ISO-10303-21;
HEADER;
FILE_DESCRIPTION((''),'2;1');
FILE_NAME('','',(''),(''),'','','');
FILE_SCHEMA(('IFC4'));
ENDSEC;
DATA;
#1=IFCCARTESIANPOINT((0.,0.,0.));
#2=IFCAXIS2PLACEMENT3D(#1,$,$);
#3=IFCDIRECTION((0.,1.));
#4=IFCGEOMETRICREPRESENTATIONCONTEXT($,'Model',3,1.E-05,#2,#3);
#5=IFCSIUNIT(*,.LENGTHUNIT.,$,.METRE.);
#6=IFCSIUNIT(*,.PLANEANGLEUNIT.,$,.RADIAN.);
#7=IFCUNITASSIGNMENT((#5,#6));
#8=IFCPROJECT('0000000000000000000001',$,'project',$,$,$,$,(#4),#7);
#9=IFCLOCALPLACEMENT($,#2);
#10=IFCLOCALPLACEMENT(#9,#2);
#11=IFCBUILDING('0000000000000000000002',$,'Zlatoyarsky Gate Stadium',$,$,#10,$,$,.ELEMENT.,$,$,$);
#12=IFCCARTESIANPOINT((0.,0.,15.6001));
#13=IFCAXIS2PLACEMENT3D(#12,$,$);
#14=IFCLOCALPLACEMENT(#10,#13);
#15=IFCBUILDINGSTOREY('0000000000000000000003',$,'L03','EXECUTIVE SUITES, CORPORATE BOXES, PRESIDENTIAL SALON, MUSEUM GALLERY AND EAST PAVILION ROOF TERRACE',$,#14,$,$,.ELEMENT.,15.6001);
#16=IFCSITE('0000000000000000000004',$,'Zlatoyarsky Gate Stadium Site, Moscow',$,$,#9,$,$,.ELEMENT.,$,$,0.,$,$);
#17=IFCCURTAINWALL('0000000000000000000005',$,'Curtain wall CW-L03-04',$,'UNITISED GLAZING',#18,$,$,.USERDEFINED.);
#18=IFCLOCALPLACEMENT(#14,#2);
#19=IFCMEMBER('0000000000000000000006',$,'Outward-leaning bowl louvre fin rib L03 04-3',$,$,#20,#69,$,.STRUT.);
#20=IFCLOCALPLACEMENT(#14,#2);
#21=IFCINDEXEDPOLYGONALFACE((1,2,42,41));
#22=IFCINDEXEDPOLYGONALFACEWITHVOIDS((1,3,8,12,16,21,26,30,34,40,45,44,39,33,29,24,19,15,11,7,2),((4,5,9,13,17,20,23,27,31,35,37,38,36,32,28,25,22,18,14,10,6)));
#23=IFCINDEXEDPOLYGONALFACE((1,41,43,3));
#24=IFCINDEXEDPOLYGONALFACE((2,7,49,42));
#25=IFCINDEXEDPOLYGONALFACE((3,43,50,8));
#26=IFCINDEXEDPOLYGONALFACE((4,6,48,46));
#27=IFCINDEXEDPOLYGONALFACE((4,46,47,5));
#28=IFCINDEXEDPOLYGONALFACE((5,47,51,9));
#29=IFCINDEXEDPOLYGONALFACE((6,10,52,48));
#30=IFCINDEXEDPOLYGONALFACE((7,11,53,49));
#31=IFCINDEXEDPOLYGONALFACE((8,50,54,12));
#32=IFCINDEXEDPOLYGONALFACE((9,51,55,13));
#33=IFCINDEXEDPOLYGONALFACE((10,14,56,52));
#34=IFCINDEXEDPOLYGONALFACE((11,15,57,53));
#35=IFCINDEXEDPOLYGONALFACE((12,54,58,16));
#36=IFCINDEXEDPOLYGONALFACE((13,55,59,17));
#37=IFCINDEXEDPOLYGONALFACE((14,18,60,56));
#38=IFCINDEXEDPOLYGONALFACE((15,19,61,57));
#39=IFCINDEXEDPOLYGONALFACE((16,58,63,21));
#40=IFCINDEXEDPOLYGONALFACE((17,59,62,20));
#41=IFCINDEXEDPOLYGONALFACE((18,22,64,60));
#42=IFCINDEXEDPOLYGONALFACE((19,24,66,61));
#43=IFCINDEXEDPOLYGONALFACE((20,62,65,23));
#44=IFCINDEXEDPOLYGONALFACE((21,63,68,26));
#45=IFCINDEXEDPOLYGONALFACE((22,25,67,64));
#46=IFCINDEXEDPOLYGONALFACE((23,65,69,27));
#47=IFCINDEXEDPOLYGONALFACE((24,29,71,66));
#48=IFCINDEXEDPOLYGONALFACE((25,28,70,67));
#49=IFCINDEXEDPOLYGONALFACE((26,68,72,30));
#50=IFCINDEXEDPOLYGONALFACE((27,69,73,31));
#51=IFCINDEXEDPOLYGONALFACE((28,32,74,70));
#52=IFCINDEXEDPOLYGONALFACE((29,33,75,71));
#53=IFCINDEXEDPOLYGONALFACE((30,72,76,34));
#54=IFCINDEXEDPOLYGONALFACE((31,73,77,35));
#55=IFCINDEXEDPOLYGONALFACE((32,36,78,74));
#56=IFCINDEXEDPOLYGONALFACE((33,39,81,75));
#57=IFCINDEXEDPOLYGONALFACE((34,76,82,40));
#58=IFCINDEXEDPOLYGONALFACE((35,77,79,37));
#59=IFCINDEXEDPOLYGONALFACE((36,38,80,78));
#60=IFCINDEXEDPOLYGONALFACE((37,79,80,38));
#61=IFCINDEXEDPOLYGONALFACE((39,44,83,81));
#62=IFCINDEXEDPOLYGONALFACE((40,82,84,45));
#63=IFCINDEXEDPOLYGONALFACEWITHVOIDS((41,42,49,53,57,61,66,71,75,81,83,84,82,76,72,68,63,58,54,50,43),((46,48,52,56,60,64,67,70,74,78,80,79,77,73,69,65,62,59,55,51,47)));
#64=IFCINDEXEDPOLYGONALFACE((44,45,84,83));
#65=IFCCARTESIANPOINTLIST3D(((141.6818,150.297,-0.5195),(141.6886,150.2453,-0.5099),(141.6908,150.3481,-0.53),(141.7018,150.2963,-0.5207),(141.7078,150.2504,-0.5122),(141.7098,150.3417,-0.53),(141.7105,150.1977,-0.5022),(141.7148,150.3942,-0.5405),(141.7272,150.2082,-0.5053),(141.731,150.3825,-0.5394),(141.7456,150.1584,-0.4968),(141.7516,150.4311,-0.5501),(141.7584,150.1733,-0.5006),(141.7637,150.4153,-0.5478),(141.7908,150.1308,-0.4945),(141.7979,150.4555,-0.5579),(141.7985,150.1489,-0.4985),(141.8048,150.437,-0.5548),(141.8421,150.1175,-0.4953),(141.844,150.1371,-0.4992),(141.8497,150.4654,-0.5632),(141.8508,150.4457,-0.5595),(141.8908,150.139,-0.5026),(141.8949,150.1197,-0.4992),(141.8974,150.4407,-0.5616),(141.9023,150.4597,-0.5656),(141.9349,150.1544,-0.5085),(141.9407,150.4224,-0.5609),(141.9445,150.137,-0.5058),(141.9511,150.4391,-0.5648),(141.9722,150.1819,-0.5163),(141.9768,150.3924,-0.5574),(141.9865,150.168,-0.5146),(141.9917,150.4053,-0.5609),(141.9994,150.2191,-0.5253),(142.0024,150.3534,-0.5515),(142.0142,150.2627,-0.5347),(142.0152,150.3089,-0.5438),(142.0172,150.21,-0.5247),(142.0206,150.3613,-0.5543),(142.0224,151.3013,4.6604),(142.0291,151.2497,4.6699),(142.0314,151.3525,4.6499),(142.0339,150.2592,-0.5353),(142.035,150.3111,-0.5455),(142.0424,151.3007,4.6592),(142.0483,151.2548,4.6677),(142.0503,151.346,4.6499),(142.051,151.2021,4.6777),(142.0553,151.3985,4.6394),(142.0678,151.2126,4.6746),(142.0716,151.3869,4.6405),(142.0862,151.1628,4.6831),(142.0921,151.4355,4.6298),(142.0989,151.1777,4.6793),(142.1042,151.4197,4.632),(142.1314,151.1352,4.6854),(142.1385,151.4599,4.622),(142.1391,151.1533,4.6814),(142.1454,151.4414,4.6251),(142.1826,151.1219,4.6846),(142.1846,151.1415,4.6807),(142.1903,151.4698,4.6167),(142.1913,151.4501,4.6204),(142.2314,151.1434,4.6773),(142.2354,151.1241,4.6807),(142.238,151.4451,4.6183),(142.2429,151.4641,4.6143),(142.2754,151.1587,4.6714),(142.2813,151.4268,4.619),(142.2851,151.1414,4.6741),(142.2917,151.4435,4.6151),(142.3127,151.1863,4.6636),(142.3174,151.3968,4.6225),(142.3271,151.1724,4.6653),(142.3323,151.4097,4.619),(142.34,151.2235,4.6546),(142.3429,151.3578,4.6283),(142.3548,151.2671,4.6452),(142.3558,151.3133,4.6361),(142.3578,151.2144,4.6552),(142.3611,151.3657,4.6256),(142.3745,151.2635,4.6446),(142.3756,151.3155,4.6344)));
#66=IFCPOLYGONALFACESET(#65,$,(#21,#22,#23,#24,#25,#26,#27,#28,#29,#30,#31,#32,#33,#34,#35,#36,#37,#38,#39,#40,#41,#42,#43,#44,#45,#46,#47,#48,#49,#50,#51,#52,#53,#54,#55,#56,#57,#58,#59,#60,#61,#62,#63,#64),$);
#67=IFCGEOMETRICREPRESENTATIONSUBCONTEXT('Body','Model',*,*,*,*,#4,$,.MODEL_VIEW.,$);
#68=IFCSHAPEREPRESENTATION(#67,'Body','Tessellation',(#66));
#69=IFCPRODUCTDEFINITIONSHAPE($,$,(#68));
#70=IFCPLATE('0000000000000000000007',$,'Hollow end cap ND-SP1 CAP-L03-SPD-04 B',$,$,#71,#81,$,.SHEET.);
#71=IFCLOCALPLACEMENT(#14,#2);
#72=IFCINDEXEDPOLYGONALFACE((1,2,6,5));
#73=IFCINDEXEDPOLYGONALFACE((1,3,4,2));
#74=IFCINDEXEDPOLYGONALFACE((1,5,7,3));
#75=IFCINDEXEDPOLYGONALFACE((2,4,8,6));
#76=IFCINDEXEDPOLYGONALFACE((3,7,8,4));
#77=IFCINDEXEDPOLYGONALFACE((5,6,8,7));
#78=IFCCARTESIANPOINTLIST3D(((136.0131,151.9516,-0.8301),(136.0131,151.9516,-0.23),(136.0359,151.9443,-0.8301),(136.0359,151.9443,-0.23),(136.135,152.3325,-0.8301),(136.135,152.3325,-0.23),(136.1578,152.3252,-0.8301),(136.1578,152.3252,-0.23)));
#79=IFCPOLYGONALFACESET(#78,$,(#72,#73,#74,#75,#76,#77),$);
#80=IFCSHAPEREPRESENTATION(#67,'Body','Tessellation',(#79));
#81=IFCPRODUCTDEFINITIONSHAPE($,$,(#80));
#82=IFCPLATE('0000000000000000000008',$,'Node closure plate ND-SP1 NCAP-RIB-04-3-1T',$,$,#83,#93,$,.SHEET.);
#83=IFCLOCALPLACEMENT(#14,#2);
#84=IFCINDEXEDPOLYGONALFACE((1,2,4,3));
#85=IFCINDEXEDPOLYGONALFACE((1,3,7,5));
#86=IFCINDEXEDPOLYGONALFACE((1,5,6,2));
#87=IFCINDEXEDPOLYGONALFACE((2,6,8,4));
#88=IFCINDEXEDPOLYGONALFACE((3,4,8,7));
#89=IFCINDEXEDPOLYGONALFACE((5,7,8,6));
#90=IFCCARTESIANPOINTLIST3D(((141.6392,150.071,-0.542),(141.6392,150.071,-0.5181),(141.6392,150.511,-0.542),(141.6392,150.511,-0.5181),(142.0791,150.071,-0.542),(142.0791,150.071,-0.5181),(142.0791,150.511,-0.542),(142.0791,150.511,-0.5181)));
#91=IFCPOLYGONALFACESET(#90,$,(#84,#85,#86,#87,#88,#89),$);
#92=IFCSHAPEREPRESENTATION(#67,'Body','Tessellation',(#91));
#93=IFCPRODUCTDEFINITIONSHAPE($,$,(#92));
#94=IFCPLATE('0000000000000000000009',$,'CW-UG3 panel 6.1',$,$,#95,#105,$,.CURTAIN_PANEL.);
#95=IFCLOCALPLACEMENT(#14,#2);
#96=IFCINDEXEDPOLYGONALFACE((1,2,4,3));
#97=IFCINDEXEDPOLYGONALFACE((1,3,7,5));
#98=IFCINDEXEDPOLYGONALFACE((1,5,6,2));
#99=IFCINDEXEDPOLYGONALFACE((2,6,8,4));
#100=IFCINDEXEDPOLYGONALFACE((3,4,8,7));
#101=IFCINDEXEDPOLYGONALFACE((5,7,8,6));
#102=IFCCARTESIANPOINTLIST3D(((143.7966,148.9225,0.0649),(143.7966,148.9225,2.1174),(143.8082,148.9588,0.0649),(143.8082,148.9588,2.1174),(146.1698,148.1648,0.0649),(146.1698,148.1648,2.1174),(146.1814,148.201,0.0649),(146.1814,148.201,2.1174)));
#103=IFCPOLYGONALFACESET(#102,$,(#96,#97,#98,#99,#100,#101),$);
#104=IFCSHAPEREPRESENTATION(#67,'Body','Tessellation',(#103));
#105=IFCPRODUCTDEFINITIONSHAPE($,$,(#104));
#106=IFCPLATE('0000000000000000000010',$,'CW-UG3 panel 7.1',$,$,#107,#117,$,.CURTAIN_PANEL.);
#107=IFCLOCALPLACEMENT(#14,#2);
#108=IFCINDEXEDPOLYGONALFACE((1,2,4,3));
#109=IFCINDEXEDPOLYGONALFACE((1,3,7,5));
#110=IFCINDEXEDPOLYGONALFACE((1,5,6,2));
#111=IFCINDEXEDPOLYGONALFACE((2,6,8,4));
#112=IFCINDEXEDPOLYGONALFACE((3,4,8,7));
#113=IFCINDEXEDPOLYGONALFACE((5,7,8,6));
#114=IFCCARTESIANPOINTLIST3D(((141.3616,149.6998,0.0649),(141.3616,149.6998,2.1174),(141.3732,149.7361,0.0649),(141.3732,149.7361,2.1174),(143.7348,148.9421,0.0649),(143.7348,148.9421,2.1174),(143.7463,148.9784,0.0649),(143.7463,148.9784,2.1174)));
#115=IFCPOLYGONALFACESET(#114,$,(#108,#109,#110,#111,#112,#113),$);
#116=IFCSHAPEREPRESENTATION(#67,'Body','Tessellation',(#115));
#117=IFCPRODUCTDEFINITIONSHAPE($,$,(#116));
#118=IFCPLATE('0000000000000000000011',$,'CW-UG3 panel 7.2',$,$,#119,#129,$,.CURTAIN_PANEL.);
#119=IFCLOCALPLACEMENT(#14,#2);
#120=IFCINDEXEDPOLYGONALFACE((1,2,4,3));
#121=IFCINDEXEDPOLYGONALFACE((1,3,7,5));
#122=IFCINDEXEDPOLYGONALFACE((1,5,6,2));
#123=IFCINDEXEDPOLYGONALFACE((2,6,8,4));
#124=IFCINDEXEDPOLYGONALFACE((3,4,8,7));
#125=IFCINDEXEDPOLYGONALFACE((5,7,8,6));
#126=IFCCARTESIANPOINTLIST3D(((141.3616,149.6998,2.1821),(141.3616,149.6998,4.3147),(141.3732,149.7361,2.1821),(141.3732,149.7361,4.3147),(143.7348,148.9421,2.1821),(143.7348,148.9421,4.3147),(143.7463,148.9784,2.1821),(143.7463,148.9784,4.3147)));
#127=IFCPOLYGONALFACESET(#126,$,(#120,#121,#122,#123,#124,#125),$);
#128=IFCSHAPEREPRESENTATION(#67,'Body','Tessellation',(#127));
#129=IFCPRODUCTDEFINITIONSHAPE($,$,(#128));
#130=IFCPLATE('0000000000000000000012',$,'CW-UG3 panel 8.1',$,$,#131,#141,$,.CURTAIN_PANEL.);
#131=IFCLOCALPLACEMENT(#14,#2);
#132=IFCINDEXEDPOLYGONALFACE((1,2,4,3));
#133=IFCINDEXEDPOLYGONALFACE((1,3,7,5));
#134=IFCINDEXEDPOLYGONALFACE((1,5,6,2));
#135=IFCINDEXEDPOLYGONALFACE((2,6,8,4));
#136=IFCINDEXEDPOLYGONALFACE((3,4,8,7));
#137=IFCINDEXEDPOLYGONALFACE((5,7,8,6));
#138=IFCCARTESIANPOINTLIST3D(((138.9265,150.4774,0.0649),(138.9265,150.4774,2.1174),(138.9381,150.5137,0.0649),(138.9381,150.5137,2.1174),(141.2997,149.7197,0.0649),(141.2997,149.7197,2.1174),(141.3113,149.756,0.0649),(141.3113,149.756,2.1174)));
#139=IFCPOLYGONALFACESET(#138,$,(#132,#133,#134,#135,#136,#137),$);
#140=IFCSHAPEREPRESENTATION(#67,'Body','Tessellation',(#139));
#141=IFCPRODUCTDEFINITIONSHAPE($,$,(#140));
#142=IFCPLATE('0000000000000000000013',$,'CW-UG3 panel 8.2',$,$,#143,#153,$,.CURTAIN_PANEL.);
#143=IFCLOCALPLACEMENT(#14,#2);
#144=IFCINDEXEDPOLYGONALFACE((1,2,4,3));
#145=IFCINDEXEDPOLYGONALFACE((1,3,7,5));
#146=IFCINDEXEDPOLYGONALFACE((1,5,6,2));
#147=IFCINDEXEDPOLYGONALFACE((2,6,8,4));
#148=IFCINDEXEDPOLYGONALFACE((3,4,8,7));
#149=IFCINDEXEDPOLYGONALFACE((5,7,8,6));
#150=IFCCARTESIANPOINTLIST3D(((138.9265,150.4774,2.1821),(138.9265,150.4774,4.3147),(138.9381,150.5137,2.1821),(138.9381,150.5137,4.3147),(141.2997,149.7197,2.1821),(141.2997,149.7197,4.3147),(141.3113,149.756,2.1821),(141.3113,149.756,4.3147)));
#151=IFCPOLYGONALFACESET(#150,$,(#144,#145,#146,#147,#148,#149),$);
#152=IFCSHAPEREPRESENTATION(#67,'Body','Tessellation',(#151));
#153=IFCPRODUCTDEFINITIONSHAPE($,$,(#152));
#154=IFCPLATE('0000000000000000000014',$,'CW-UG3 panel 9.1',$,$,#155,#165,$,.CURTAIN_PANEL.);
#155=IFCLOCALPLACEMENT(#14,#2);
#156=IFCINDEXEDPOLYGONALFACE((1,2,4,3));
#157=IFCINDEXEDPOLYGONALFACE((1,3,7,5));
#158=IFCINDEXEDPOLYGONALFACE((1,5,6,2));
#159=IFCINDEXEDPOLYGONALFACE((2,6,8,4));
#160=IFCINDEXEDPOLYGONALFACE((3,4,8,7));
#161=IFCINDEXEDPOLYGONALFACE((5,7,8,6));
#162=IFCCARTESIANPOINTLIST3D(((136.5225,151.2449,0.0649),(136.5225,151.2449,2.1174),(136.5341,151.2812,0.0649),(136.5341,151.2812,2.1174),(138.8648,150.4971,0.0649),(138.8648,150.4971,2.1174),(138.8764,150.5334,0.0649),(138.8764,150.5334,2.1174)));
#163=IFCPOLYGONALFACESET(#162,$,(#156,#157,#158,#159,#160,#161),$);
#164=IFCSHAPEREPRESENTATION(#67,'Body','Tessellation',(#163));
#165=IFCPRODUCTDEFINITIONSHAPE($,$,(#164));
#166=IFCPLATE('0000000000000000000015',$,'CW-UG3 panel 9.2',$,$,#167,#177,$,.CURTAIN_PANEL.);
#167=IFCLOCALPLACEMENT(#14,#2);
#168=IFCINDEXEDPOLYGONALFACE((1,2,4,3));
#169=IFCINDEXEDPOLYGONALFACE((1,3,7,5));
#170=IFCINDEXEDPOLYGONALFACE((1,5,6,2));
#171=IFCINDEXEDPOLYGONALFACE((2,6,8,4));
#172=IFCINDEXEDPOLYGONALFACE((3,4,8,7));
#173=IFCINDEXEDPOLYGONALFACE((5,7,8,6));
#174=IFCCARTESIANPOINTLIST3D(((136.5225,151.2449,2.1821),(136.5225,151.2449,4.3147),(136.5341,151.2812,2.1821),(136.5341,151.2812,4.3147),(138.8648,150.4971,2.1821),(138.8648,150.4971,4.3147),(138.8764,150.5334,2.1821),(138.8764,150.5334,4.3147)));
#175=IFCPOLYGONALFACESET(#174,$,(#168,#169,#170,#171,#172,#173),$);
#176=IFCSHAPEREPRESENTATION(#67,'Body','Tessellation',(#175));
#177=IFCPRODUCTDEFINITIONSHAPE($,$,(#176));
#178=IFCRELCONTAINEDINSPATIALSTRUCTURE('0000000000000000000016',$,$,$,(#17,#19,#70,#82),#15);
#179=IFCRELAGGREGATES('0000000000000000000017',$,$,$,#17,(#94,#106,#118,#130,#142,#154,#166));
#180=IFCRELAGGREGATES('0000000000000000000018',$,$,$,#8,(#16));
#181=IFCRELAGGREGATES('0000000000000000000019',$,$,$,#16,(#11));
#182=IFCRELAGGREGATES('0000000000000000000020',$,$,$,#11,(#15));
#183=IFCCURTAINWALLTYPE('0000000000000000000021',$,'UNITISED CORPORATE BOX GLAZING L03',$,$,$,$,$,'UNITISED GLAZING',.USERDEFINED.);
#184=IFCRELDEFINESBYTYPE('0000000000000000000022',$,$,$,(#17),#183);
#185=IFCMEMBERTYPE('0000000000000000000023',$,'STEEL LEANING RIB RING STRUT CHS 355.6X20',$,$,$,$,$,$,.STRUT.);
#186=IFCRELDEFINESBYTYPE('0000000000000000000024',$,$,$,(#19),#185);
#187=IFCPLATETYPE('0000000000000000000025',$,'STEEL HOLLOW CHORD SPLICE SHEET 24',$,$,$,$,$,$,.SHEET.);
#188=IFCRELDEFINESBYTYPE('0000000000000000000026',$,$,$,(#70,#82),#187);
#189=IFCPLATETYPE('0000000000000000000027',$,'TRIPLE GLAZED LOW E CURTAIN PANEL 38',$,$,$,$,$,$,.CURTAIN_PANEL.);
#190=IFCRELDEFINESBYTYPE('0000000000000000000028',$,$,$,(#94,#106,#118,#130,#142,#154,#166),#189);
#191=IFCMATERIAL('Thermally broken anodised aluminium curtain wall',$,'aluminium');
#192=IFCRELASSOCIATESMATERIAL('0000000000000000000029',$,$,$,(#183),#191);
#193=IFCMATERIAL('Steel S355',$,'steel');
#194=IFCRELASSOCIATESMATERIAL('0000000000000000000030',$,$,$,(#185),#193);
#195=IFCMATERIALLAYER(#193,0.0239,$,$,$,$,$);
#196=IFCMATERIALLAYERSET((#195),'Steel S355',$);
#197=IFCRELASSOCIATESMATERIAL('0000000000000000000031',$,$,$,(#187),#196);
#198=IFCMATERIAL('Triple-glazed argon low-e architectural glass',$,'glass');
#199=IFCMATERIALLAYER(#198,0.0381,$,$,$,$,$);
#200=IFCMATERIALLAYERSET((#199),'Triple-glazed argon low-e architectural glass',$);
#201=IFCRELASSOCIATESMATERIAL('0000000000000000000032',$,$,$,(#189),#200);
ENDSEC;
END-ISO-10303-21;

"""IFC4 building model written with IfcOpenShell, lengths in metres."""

from ifc_helpers import new_model, si_unit, direction, frame, origin, origin_2d, place, context, subcontext, project, spatial, rectangle, hollow_circle, extrude, material, layer, layer_set, material_profile, profile_set, type_object, element, aggregate, save


model = new_model("IFC4")

# Units and contexts
model_context = context("Model", 3, precision=1e-05, world=origin(), true_north=direction((0.0, 1.0)))
body_context = subcontext(model_context, "Body", "Model", "MODEL_VIEW")
ifc_project = project(units=[si_unit("LENGTHUNIT", "METRE"), si_unit("PLANEANGLEUNIT", "RADIAN")], contexts=[model_context])

# Site, building, storey
site_placement = place(None, origin())
site = spatial("IfcSite", under=ifc_project, at=site_placement, Name="Zlatoyarsky Gate Stadium Site, Moscow", CompositionType="ELEMENT", RefElevation=0.0)
building_placement = place(site_placement, origin())
building = spatial("IfcBuilding", under=site, at=building_placement, Name="Zlatoyarsky Gate Stadium", CompositionType="ELEMENT")
storey_placement = place(building_placement, frame((0.0, 0.0, 15.6001)))
storey = spatial("IfcBuildingStorey", under=building, at=storey_placement, Name="L03", Description="EXECUTIVE SUITES, CORPORATE BOXES, PRESIDENTIAL SALON, MUSEUM GALLERY AND EAST PAVILION ROOF TERRACE", CompositionType="ELEMENT", Elevation=15.6001)

# Curtain wall
ifc_material_1 = material(Name="Thermally broken anodised aluminium curtain wall", Category="aluminium")
curtain_wall_type = type_object("IfcCurtainWallType", Name="UNITISED CORPORATE BOX GLAZING L03", ElementType="UNITISED GLAZING", PredefinedType="USERDEFINED", material=ifc_material_1)
curtain_wall_placement = place(storey_placement, origin())
curtain_wall = element("IfcCurtainWall", 1, at=curtain_wall_placement, inside=storey, type_object=curtain_wall_type, Name="Curtain wall CW-L03-04", ObjectType="UNITISED GLAZING", PredefinedType="USERDEFINED")

# Member
ifc_material_2 = material(Name="Steel S355", Category="steel")
ifc_material_profile_1 = material_profile(ifc_material_2, hollow_circle(Radius=0.1777, WallThickness=0.02, at=origin_2d()), Name="CHS 355.6X20")
ifc_profile_set_1 = profile_set([ifc_material_profile_1], Name="Steel S355")
member_type_1 = type_object("IfcMemberType", Name="STEEL LEANING RIB RING STRUT CHS 355.6X20", PredefinedType="STRUT", material=ifc_profile_set_1)
member_1_placement = place(storey_placement, frame((141.8591, 150.291, -0.53), z_axis=(0.064413, 0.18996, 0.979676), x_axis=(-0.947036, 0.321127, 0.0)))
element("IfcMember", 2, at=member_1_placement, inside=storey, type_object=member_type_1, Name="Outward-leaning bowl louvre fin rib L03 04-3", PredefinedType="STRUT", context=body_context, shape_type="SweptSolid", body=[
    extrude(hollow_circle(Radius=0.1777, WallThickness=0.02, at=origin_2d()), origin(), (0.0, 0.0, 1.0), 5.2874),
])

# Plates
ifc_layer_1 = layer(ifc_material_2, 0.0239)
ifc_layer_set_1 = layer_set([ifc_layer_1], Name="Steel S355")
plate_type_1 = type_object("IfcPlateType", Name="STEEL HOLLOW CHORD SPLICE SHEET 24", PredefinedType="SHEET", material=ifc_layer_set_1)
plate_1_placement = place(storey_placement, frame((136.0854, 152.1384, -0.8301), z_axis=(0.0, 0.0, 1.0), x_axis=(-0.95243, 0.304759, 0.0)))
element("IfcPlate", 3, at=plate_1_placement, inside=storey, type_object=plate_type_1, Name="Hollow end cap ND-SP1 CAP-L03-SPD-04 B", PredefinedType="SHEET", context=body_context, shape_type="SweptSolid", body=[
    extrude(rectangle(XDim=0.0239, YDim=0.3999, at=origin_2d()), origin(), (0.0, 0.0, 1.0), 0.6001),
])
plate_2_placement = place(storey_placement, frame((141.8591, 150.291, -0.542), z_axis=(0.0, 0.0, 1.0), x_axis=(1.0, 0.0, 0.0)))
element("IfcPlate", 4, at=plate_2_placement, inside=storey, type_object=plate_type_1, Name="Node closure plate ND-SP1 NCAP-RIB-04-3-1T", PredefinedType="SHEET", context=body_context, shape_type="SweptSolid", body=[
    extrude(rectangle(XDim=0.4399, YDim=0.4399, at=origin_2d()), origin(), (0.0, 0.0, 1.0), 0.0239),
])

# Plates
ifc_material_3 = material(Name="Triple-glazed argon low-e architectural glass", Category="glass")
ifc_layer_2 = layer(ifc_material_3, 0.0381)
ifc_layer_set_2 = layer_set([ifc_layer_2], Name="Triple-glazed argon low-e architectural glass")
plate_type_2 = type_object("IfcPlateType", Name="TRIPLE GLAZED LOW E CURTAIN PANEL 38", PredefinedType="CURTAIN_PANEL", material=ifc_layer_set_2)
plate_3_placement = place(storey_placement, frame((144.989, 148.5618, 0.0649), z_axis=(0.0, 0.0, 1.0), x_axis=(-0.95262, 0.304162, 0.0)))
plate_3 = element("IfcPlate", 5, at=plate_3_placement, type_object=plate_type_2, Name="CW-UG3 panel 6.1", PredefinedType="CURTAIN_PANEL", context=body_context, shape_type="SweptSolid", body=[
    extrude(rectangle(XDim=2.4912, YDim=0.0381, at=origin_2d()), origin(), (0.0, 0.0, 1.0), 2.0525),
])
plate_4_placement = place(storey_placement, frame((142.554, 149.3391, 0.0649), z_axis=(0.0, 0.0, 1.0), x_axis=(-0.95262, 0.304162, 0.0)))
plate_4 = element("IfcPlate", 6, at=plate_4_placement, type_object=plate_type_2, Name="CW-UG3 panel 7.1", PredefinedType="CURTAIN_PANEL", context=body_context, shape_type="SweptSolid", body=[
    extrude(rectangle(XDim=2.4912, YDim=0.0381, at=origin_2d()), origin(), (0.0, 0.0, 1.0), 2.0525),
])
plate_5_placement = place(storey_placement, frame((142.554, 149.3391, 2.1821), z_axis=(0.0, 0.0, 1.0), x_axis=(-0.95262, 0.304162, 0.0)))
plate_5 = element("IfcPlate", 7, at=plate_5_placement, type_object=plate_type_2, Name="CW-UG3 panel 7.2", PredefinedType="CURTAIN_PANEL", context=body_context, shape_type="SweptSolid", body=[
    extrude(rectangle(XDim=2.4912, YDim=0.0381, at=origin_2d()), origin(), (0.0, 0.0, 1.0), 2.1326),
])
plate_6_placement = place(storey_placement, frame((140.1189, 150.1167, 0.0649), z_axis=(0.0, 0.0, 1.0), x_axis=(-0.95262, 0.304162, 0.0)))
plate_6 = element("IfcPlate", 8, at=plate_6_placement, type_object=plate_type_2, Name="CW-UG3 panel 8.1", PredefinedType="CURTAIN_PANEL", context=body_context, shape_type="SweptSolid", body=[
    extrude(rectangle(XDim=2.4912, YDim=0.0381, at=origin_2d()), origin(), (0.0, 0.0, 1.0), 2.0525),
])
plate_7_placement = place(storey_placement, frame((140.1189, 150.1167, 2.1821), z_axis=(0.0, 0.0, 1.0), x_axis=(-0.95262, 0.304162, 0.0)))
plate_7 = element("IfcPlate", 9, at=plate_7_placement, type_object=plate_type_2, Name="CW-UG3 panel 8.2", PredefinedType="CURTAIN_PANEL", context=body_context, shape_type="SweptSolid", body=[
    extrude(rectangle(XDim=2.4912, YDim=0.0381, at=origin_2d()), origin(), (0.0, 0.0, 1.0), 2.1326),
])
plate_8_placement = place(storey_placement, frame((137.6995, 150.8892, 0.0649), z_axis=(0.0, 0.0, 1.0), x_axis=(-0.95262, 0.304162, 0.0)))
plate_8 = element("IfcPlate", 10, at=plate_8_placement, type_object=plate_type_2, Name="CW-UG3 panel 9.1", PredefinedType="CURTAIN_PANEL", context=body_context, shape_type="SweptSolid", body=[
    extrude(rectangle(XDim=2.4587, YDim=0.0381, at=origin_2d()), origin(), (0.0, 0.0, 1.0), 2.0525),
])
plate_9_placement = place(storey_placement, frame((137.6995, 150.8892, 2.1821), z_axis=(0.0, 0.0, 1.0), x_axis=(-0.95262, 0.304162, 0.0)))
plate_9 = element("IfcPlate", 11, at=plate_9_placement, type_object=plate_type_2, Name="CW-UG3 panel 9.2", PredefinedType="CURTAIN_PANEL", context=body_context, shape_type="SweptSolid", body=[
    extrude(rectangle(XDim=2.4587, YDim=0.0381, at=origin_2d()), origin(), (0.0, 0.0, 1.0), 2.1326),
])
aggregate(curtain_wall, [plate_3, plate_4, plate_5, plate_6, plate_7, plate_8, plate_9])

save(model, "model.ifc")
